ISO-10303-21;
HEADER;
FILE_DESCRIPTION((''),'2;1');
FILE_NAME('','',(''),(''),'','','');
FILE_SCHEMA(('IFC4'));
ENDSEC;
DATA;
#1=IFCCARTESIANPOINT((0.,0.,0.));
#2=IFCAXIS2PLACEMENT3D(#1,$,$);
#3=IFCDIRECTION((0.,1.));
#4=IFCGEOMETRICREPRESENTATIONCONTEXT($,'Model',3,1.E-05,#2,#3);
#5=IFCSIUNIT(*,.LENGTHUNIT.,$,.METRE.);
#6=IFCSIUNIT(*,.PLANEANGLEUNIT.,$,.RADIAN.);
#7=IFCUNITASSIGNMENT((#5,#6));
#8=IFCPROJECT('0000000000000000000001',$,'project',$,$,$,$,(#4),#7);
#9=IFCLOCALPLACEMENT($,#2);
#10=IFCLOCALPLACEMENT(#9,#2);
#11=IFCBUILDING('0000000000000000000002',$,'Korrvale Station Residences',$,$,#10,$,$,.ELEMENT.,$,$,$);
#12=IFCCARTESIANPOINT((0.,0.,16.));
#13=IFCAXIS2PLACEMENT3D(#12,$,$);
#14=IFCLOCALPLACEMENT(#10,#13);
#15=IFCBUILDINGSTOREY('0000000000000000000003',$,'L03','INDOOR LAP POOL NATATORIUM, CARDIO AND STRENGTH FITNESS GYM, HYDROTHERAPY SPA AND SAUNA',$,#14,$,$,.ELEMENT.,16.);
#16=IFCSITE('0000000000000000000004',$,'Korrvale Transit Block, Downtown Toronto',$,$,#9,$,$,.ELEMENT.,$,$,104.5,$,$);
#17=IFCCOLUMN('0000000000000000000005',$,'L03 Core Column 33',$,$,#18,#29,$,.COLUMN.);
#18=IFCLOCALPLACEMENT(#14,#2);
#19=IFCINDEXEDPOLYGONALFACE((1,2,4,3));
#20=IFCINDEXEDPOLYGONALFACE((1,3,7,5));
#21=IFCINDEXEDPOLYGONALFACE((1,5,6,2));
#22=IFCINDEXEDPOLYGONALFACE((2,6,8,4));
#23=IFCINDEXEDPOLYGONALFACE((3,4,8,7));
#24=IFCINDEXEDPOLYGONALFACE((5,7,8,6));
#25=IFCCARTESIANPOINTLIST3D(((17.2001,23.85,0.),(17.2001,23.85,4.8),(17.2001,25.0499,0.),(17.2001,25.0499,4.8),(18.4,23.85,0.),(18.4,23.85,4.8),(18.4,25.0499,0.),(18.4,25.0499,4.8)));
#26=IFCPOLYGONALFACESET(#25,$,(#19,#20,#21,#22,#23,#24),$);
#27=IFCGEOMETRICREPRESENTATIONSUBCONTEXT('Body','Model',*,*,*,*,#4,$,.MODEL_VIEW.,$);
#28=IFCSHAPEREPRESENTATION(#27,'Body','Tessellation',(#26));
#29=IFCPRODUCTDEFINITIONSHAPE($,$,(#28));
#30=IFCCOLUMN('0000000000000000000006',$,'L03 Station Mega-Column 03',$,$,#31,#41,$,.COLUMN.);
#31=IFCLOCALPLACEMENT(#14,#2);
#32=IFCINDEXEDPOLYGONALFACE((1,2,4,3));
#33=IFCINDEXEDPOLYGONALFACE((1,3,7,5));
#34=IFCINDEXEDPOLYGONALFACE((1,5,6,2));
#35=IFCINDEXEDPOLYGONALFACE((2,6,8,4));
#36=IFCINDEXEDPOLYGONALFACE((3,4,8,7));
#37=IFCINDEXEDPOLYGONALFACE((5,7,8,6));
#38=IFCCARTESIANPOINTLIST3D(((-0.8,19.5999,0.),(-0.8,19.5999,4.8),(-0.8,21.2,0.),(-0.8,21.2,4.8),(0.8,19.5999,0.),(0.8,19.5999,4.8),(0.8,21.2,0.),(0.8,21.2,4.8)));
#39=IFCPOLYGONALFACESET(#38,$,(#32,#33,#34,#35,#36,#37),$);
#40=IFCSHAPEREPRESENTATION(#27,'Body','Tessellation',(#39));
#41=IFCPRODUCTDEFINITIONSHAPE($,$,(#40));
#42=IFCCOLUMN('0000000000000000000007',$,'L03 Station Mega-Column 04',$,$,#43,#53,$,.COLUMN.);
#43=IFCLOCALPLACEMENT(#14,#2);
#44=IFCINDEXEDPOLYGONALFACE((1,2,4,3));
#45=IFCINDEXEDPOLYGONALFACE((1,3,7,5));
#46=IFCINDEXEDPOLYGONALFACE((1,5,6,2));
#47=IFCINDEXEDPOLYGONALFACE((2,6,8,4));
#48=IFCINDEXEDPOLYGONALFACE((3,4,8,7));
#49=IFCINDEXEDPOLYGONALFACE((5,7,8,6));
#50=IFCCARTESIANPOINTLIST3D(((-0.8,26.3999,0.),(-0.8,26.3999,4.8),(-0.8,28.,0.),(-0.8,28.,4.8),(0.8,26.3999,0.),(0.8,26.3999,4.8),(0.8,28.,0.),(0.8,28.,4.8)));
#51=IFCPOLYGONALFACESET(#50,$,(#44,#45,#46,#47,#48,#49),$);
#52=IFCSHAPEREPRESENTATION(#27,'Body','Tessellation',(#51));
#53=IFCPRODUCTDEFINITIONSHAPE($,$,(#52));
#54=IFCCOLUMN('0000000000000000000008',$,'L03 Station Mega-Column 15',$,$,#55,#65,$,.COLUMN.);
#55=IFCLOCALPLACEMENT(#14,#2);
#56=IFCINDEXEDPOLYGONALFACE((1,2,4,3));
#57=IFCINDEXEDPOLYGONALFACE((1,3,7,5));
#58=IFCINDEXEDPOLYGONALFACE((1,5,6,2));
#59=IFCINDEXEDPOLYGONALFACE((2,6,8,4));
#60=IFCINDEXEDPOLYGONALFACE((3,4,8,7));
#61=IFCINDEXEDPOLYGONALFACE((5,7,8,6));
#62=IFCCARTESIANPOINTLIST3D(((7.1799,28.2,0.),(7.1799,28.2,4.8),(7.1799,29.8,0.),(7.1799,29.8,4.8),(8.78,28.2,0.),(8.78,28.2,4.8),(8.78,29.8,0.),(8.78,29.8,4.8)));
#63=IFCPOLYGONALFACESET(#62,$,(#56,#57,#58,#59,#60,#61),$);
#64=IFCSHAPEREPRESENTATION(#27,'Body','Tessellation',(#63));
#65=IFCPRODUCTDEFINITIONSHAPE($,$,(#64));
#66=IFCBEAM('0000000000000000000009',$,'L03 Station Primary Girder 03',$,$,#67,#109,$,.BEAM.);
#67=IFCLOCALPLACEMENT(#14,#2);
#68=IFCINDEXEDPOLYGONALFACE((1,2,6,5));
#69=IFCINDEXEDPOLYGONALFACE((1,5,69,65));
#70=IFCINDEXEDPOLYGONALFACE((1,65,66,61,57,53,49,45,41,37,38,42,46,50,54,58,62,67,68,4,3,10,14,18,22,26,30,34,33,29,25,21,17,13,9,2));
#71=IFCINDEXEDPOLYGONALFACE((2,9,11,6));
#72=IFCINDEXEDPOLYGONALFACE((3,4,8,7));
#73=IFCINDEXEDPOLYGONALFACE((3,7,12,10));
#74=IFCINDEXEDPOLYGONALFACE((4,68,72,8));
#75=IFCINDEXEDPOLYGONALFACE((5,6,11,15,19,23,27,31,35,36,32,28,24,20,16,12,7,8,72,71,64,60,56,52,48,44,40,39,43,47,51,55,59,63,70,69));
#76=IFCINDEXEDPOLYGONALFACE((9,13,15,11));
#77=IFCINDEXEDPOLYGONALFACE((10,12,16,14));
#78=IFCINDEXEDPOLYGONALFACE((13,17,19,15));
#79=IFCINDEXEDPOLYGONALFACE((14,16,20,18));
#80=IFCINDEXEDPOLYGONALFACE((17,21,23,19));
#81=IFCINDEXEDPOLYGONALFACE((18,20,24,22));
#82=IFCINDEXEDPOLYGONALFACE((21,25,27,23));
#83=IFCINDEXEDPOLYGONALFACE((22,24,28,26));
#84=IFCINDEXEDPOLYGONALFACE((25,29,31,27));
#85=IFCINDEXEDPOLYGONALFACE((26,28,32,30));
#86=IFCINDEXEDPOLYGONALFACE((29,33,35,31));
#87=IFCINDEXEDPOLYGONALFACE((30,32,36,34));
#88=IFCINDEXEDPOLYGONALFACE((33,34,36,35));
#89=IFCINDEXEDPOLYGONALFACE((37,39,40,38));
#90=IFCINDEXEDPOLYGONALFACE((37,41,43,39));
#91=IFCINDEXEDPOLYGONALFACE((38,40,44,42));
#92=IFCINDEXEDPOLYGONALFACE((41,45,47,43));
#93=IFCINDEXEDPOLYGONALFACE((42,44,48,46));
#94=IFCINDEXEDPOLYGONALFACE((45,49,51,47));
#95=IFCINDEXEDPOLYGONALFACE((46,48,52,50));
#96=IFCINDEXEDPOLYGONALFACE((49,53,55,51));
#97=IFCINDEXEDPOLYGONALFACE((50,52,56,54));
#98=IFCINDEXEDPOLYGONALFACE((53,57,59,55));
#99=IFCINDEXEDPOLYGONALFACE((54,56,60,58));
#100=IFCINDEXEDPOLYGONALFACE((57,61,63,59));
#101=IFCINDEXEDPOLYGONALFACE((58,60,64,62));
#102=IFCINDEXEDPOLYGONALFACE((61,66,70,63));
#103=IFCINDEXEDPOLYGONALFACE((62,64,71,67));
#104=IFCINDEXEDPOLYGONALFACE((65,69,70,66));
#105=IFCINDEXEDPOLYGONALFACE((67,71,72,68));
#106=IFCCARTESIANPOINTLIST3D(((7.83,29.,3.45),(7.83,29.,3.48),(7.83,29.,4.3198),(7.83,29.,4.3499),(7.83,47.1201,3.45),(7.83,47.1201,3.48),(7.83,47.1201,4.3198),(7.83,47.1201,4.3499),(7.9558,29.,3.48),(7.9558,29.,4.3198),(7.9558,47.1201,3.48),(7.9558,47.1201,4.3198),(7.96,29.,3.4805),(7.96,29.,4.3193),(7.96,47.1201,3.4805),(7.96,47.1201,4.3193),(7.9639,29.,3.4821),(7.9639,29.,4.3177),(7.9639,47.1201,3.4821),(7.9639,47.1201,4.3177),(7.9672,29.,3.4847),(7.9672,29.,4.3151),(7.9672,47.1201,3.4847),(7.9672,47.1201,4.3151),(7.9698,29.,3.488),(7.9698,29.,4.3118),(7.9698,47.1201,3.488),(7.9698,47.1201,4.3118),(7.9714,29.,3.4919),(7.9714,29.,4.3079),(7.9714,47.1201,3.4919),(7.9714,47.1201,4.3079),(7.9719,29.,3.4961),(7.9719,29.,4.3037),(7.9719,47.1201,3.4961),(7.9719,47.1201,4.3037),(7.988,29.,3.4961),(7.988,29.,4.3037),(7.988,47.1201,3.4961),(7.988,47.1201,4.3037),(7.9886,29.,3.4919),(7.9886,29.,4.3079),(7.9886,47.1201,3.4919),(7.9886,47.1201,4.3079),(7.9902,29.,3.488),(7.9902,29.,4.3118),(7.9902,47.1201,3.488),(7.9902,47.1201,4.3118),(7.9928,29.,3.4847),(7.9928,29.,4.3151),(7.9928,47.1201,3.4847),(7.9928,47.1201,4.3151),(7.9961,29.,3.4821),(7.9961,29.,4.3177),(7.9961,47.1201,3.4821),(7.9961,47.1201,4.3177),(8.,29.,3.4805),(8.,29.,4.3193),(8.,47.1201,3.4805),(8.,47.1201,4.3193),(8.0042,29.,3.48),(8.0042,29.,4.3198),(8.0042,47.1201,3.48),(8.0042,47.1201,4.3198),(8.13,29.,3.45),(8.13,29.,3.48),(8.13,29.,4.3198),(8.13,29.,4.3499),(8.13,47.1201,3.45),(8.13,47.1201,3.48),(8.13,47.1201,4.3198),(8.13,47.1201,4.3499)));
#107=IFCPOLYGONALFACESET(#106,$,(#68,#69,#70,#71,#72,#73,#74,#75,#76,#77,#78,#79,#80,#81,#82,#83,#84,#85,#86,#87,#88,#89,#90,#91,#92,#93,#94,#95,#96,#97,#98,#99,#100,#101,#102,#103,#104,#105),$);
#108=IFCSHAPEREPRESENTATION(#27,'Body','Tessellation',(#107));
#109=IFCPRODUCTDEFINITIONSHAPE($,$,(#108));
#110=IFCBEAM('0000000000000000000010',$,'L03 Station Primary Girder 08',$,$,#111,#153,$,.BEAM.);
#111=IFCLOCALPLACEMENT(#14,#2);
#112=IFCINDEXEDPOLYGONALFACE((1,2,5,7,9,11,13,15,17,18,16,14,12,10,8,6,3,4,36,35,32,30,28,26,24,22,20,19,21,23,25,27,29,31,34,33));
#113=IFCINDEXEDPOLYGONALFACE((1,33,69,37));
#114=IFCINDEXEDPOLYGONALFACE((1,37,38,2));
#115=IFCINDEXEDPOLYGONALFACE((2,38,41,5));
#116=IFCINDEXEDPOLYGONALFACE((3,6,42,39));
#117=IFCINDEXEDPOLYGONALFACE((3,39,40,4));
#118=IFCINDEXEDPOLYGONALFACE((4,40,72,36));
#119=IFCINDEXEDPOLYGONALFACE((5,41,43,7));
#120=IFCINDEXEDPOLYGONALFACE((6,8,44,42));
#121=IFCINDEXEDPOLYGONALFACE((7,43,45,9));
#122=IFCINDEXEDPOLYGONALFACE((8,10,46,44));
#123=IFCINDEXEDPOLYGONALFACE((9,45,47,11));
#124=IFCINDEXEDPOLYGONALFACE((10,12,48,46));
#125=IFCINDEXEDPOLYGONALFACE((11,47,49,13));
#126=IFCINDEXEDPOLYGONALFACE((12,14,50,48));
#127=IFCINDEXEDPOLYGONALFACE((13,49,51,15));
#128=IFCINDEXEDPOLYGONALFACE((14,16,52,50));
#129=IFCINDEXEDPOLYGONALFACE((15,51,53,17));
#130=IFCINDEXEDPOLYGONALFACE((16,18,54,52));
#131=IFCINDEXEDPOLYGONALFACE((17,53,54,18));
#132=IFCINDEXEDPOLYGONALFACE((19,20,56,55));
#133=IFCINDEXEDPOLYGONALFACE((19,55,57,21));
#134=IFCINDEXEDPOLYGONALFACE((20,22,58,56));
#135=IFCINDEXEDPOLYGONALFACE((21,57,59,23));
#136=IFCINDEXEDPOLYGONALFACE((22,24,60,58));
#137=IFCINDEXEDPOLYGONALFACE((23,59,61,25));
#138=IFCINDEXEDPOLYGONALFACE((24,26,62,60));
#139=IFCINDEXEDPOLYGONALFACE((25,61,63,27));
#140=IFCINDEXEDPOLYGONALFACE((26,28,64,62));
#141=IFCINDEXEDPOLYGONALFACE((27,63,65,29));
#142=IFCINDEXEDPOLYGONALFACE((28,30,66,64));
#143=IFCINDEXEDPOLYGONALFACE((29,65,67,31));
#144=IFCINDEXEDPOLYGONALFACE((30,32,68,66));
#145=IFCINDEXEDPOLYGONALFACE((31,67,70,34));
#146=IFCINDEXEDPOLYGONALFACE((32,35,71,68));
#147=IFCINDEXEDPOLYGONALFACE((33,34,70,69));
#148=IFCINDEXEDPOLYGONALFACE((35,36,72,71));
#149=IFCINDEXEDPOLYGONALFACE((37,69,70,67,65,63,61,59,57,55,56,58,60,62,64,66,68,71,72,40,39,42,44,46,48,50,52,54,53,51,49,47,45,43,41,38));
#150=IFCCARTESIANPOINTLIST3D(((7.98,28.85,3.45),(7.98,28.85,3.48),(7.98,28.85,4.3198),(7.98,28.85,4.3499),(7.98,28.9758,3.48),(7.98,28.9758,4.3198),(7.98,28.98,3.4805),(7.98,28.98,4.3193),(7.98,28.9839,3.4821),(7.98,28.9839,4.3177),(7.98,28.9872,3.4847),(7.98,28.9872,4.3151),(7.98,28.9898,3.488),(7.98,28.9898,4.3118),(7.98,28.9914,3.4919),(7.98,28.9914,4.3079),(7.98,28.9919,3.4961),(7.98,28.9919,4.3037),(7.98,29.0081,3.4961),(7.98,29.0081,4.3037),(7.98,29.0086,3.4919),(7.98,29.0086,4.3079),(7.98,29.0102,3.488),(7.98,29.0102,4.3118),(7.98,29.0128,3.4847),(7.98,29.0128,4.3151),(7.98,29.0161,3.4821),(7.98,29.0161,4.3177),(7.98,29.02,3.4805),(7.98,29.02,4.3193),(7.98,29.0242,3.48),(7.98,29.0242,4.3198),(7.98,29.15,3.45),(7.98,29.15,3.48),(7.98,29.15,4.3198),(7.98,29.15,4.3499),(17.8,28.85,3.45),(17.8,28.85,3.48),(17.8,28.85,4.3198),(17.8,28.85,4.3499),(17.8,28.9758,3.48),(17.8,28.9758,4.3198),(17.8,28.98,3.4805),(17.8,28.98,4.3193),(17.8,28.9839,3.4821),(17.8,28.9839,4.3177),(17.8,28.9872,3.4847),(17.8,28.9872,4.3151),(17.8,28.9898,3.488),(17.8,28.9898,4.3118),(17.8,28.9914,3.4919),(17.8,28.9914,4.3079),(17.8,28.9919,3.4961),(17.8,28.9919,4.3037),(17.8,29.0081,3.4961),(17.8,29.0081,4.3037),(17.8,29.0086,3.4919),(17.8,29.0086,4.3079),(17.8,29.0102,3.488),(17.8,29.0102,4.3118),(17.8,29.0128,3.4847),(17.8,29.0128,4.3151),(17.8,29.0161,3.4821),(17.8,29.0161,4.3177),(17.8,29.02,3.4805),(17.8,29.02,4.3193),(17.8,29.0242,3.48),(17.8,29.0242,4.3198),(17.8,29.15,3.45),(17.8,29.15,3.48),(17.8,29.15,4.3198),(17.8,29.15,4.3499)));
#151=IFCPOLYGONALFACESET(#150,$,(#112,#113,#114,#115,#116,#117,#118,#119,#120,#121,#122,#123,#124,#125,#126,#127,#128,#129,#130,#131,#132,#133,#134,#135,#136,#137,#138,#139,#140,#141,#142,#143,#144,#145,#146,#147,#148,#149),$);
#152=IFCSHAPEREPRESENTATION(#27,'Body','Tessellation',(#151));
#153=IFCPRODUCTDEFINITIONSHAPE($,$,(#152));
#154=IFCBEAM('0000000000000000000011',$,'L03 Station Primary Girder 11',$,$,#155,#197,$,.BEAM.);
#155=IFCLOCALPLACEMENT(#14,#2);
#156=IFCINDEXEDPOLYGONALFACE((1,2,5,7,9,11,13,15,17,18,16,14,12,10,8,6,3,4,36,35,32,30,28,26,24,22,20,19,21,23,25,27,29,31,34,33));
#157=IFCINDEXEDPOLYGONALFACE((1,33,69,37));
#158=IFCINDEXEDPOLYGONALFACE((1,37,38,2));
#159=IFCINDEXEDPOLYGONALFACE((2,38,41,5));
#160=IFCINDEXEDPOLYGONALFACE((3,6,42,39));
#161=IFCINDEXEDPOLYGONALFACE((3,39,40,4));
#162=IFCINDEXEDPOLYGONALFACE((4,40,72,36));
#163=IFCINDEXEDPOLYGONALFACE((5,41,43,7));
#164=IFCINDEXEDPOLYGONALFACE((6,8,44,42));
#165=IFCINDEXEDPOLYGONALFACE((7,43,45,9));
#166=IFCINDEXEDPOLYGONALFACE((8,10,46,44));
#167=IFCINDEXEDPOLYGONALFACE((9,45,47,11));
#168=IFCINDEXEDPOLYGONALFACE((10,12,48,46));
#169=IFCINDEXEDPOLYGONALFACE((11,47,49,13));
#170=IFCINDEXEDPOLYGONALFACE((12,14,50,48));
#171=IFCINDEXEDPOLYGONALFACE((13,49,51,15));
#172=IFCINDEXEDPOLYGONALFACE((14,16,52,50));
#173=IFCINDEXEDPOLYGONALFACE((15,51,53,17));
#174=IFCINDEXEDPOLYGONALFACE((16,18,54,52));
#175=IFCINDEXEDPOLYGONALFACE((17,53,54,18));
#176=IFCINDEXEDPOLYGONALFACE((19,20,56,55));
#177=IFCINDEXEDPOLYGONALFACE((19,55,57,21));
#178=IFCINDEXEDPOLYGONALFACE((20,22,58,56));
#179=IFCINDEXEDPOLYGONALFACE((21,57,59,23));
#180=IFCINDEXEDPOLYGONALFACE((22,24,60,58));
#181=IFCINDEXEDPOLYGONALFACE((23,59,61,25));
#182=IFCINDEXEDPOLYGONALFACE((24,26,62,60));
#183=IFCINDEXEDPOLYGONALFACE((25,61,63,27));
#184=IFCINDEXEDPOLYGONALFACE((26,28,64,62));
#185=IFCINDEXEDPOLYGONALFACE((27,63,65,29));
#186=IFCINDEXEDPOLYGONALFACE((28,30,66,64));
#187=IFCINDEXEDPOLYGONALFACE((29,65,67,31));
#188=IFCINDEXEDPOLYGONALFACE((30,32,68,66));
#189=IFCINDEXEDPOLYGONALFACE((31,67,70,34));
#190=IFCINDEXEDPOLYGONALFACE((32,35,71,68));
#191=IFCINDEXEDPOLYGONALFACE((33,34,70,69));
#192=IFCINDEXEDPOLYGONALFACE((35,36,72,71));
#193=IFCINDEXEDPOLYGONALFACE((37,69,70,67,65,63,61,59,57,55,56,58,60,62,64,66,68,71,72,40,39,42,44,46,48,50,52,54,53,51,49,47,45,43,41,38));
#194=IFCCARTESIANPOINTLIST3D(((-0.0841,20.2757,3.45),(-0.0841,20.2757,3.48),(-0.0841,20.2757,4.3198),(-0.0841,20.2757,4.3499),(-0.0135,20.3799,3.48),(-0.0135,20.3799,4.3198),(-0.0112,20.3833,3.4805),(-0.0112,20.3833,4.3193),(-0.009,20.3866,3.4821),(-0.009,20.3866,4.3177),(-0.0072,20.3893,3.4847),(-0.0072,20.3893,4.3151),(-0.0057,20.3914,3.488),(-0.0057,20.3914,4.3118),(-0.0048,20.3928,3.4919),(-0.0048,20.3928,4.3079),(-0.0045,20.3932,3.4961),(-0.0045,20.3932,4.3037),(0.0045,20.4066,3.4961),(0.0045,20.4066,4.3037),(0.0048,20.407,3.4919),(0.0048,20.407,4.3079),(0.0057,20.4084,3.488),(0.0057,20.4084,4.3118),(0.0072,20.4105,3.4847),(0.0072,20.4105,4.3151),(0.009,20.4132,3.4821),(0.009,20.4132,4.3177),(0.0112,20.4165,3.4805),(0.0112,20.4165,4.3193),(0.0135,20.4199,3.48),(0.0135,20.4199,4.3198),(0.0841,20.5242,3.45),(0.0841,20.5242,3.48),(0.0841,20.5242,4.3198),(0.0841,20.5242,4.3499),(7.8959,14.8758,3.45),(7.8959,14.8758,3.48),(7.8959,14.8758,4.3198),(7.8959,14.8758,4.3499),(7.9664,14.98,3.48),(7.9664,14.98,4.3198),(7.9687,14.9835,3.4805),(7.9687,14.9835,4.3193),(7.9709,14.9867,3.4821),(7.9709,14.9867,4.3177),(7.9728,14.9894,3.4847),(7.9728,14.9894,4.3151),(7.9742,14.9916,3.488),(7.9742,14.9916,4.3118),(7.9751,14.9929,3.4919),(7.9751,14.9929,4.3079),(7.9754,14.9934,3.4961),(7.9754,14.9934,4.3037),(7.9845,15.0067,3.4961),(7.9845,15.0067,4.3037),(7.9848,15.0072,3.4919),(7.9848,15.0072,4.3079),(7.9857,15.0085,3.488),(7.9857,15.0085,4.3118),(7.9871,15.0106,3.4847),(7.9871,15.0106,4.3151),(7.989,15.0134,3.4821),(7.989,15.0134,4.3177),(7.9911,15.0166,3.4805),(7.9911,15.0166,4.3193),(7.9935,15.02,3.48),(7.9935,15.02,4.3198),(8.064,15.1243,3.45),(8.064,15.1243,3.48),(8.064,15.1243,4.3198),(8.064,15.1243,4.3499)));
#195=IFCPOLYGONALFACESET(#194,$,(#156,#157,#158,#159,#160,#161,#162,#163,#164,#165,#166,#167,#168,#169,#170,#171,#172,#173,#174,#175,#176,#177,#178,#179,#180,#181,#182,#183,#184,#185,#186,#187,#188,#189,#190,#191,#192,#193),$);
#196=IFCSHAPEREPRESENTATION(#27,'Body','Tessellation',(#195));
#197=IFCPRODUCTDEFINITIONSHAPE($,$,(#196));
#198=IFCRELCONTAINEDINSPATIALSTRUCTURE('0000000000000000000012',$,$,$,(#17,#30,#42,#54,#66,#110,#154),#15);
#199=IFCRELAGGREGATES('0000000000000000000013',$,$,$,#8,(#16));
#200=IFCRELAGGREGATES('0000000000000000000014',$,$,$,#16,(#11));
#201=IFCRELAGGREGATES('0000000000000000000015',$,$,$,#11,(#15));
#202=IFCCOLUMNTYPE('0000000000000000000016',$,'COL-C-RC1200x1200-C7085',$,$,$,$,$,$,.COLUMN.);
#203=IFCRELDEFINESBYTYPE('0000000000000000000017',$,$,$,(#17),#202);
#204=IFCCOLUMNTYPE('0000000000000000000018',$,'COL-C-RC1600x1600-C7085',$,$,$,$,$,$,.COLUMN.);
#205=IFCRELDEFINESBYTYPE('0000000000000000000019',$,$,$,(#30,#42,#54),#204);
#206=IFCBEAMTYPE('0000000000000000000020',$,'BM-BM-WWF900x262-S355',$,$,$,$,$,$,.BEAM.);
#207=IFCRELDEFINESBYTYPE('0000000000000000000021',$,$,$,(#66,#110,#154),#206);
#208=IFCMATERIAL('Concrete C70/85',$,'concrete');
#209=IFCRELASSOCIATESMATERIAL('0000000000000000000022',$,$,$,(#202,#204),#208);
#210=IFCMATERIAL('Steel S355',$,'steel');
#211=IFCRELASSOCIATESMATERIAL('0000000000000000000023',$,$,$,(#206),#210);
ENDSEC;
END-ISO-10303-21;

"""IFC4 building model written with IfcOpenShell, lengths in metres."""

from ifc_helpers import new_model, si_unit, direction, frame, origin, origin_2d, place, context, subcontext, project, spatial, rectangle, i_section, extrude, material, material_profile, profile_set, type_object, element, save


model = new_model("IFC4")

# Units and contexts
model_context = context("Model", 3, precision=1e-05, world=origin(), true_north=direction((0.0, 1.0)))
body_context = subcontext(model_context, "Body", "Model", "MODEL_VIEW")
ifc_project = project(units=[si_unit("LENGTHUNIT", "METRE"), si_unit("PLANEANGLEUNIT", "RADIAN")], contexts=[model_context])

# Site, building, storey
site_placement = place(None, origin())
site = spatial("IfcSite", under=ifc_project, at=site_placement, Name="Korrvale Transit Block, Downtown Toronto", CompositionType="ELEMENT", RefElevation=104.5)
building_placement = place(site_placement, origin())
building = spatial("IfcBuilding", under=site, at=building_placement, Name="Korrvale Station Residences", CompositionType="ELEMENT")
storey_placement = place(building_placement, frame((0.0, 0.0, 16.0)))
storey = spatial("IfcBuildingStorey", under=building, at=storey_placement, Name="L03", Description="INDOOR LAP POOL NATATORIUM, CARDIO AND STRENGTH FITNESS GYM, HYDROTHERAPY SPA AND SAUNA", CompositionType="ELEMENT", Elevation=16.0)

# Columns
ifc_material_1 = material(Name="Concrete C70/85", Category="concrete")
ifc_material_profile_1 = material_profile(ifc_material_1, rectangle(XDim=1.2, YDim=1.2, at=origin_2d()), Name="RC1200x1200")
ifc_profile_set_1 = profile_set([ifc_material_profile_1], Name="Concrete C70/85")
column_type_1 = type_object("IfcColumnType", Name="COL-C-RC1200x1200-C7085", PredefinedType="COLUMN", material=ifc_profile_set_1)
column_placement = place(storey_placement, frame((17.8, 24.45, 0.0), z_axis=(0.0, 0.0, 1.0), x_axis=(1.0, 0.0, 0.0)))
element("IfcColumn", 1, at=column_placement, inside=storey, type_object=column_type_1, Name="L03 Core Column 33", PredefinedType="COLUMN", context=body_context, shape_type="SweptSolid", body=[
    extrude(rectangle(XDim=1.2, YDim=1.2, at=origin_2d()), origin(), (0.0, 0.0, 1.0), 4.8),
])
ifc_material_profile_2 = material_profile(ifc_material_1, rectangle(XDim=1.6001, YDim=1.6001, at=origin_2d()), Name="RC1600x1600")
ifc_profile_set_2 = profile_set([ifc_material_profile_2], Name="Concrete C70/85")
column_type_2 = type_object("IfcColumnType", Name="COL-C-RC1600x1600-C7085", PredefinedType="COLUMN", material=ifc_profile_set_2)
for number, where, z_axis, x_axis, name in (
    (2, (0.0, 20.3999, 0.0), (0.0, 0.0, 1.0), (1.0, 0.0, 0.0), "L03 Station Mega-Column 03"),
    (3, (0.0, 27.2, 0.0), (0.0, 0.0, 1.0), (1.0, 0.0, 0.0), "L03 Station Mega-Column 04"),
    (4, (7.98, 29.0, 0.0), (0.0, 0.0, 1.0), (1.0, 0.0, 0.0), "L03 Station Mega-Column 15"),
):
    element("IfcColumn", number, at=place(storey_placement, frame(where, z_axis=z_axis, x_axis=x_axis)), inside=storey, type_object=column_type_2, Name=name, PredefinedType="COLUMN", context=body_context, shape_type="SweptSolid", body=[
        extrude(rectangle(XDim=1.6001, YDim=1.6001, at=origin_2d()), origin(), (0.0, 0.0, 1.0), 4.8),
    ])

# Beams
ifc_material_2 = material(Name="Steel S355", Category="steel")
ifc_material_profile_3 = material_profile(ifc_material_2, i_section(OverallWidth=0.3, OverallDepth=0.8999, WebThickness=0.0161, FlangeThickness=0.03, FilletRadius=0.0161, at=origin_2d()), Name="WWF900x262")
ifc_profile_set_3 = profile_set([ifc_material_profile_3], Name="Steel S355")
beam_type_1 = type_object("IfcBeamType", Name="BM-BM-WWF900x262-S355", PredefinedType="BEAM", material=ifc_profile_set_3)
beam_1_placement = place(storey_placement, frame((7.98, 29.0, 3.8999), z_axis=(0.0, 1.0, 0.0), x_axis=(-1.0, 0.0, 0.0)))
element("IfcBeam", 5, at=beam_1_placement, inside=storey, type_object=beam_type_1, Name="L03 Station Primary Girder 03", PredefinedType="BEAM", context=body_context, shape_type="SweptSolid", body=[
    extrude(i_section(OverallWidth=0.3, OverallDepth=0.8999, WebThickness=0.0161, FlangeThickness=0.03, FilletRadius=0.0161, at=origin_2d()), origin(), (0.0, 0.0, 1.0), 18.1201),
])
beam_2_placement = place(storey_placement, frame((7.98, 29.0, 3.8999), z_axis=(1.0, 0.0, 0.0), x_axis=(0.0, 1.0, 0.0)))
element("IfcBeam", 6, at=beam_2_placement, inside=storey, type_object=beam_type_1, Name="L03 Station Primary Girder 08", PredefinedType="BEAM", context=body_context, shape_type="SweptSolid", body=[
    extrude(i_section(OverallWidth=0.3, OverallDepth=0.8999, WebThickness=0.0161, FlangeThickness=0.03, FilletRadius=0.0161, at=origin_2d()), origin(), (0.0, 0.0, 1.0), 9.8201),
])
beam_3_placement = place(storey_placement, frame((0.0, 20.3999, 3.8999), z_axis=(0.828202, -0.560429, 0.0), x_axis=(0.560429, 0.828202, 0.0)))
element("IfcBeam", 7, at=beam_3_placement, inside=storey, type_object=beam_type_1, Name="L03 Station Primary Girder 11", PredefinedType="BEAM", context=body_context, shape_type="SweptSolid", body=[
    extrude(i_section(OverallWidth=0.3, OverallDepth=0.8999, WebThickness=0.0161, FlangeThickness=0.03, FilletRadius=0.0161, at=origin_2d()), origin(), (0.0, 0.0, 1.0), 9.6353),
])

save(model, "model.ifc")
